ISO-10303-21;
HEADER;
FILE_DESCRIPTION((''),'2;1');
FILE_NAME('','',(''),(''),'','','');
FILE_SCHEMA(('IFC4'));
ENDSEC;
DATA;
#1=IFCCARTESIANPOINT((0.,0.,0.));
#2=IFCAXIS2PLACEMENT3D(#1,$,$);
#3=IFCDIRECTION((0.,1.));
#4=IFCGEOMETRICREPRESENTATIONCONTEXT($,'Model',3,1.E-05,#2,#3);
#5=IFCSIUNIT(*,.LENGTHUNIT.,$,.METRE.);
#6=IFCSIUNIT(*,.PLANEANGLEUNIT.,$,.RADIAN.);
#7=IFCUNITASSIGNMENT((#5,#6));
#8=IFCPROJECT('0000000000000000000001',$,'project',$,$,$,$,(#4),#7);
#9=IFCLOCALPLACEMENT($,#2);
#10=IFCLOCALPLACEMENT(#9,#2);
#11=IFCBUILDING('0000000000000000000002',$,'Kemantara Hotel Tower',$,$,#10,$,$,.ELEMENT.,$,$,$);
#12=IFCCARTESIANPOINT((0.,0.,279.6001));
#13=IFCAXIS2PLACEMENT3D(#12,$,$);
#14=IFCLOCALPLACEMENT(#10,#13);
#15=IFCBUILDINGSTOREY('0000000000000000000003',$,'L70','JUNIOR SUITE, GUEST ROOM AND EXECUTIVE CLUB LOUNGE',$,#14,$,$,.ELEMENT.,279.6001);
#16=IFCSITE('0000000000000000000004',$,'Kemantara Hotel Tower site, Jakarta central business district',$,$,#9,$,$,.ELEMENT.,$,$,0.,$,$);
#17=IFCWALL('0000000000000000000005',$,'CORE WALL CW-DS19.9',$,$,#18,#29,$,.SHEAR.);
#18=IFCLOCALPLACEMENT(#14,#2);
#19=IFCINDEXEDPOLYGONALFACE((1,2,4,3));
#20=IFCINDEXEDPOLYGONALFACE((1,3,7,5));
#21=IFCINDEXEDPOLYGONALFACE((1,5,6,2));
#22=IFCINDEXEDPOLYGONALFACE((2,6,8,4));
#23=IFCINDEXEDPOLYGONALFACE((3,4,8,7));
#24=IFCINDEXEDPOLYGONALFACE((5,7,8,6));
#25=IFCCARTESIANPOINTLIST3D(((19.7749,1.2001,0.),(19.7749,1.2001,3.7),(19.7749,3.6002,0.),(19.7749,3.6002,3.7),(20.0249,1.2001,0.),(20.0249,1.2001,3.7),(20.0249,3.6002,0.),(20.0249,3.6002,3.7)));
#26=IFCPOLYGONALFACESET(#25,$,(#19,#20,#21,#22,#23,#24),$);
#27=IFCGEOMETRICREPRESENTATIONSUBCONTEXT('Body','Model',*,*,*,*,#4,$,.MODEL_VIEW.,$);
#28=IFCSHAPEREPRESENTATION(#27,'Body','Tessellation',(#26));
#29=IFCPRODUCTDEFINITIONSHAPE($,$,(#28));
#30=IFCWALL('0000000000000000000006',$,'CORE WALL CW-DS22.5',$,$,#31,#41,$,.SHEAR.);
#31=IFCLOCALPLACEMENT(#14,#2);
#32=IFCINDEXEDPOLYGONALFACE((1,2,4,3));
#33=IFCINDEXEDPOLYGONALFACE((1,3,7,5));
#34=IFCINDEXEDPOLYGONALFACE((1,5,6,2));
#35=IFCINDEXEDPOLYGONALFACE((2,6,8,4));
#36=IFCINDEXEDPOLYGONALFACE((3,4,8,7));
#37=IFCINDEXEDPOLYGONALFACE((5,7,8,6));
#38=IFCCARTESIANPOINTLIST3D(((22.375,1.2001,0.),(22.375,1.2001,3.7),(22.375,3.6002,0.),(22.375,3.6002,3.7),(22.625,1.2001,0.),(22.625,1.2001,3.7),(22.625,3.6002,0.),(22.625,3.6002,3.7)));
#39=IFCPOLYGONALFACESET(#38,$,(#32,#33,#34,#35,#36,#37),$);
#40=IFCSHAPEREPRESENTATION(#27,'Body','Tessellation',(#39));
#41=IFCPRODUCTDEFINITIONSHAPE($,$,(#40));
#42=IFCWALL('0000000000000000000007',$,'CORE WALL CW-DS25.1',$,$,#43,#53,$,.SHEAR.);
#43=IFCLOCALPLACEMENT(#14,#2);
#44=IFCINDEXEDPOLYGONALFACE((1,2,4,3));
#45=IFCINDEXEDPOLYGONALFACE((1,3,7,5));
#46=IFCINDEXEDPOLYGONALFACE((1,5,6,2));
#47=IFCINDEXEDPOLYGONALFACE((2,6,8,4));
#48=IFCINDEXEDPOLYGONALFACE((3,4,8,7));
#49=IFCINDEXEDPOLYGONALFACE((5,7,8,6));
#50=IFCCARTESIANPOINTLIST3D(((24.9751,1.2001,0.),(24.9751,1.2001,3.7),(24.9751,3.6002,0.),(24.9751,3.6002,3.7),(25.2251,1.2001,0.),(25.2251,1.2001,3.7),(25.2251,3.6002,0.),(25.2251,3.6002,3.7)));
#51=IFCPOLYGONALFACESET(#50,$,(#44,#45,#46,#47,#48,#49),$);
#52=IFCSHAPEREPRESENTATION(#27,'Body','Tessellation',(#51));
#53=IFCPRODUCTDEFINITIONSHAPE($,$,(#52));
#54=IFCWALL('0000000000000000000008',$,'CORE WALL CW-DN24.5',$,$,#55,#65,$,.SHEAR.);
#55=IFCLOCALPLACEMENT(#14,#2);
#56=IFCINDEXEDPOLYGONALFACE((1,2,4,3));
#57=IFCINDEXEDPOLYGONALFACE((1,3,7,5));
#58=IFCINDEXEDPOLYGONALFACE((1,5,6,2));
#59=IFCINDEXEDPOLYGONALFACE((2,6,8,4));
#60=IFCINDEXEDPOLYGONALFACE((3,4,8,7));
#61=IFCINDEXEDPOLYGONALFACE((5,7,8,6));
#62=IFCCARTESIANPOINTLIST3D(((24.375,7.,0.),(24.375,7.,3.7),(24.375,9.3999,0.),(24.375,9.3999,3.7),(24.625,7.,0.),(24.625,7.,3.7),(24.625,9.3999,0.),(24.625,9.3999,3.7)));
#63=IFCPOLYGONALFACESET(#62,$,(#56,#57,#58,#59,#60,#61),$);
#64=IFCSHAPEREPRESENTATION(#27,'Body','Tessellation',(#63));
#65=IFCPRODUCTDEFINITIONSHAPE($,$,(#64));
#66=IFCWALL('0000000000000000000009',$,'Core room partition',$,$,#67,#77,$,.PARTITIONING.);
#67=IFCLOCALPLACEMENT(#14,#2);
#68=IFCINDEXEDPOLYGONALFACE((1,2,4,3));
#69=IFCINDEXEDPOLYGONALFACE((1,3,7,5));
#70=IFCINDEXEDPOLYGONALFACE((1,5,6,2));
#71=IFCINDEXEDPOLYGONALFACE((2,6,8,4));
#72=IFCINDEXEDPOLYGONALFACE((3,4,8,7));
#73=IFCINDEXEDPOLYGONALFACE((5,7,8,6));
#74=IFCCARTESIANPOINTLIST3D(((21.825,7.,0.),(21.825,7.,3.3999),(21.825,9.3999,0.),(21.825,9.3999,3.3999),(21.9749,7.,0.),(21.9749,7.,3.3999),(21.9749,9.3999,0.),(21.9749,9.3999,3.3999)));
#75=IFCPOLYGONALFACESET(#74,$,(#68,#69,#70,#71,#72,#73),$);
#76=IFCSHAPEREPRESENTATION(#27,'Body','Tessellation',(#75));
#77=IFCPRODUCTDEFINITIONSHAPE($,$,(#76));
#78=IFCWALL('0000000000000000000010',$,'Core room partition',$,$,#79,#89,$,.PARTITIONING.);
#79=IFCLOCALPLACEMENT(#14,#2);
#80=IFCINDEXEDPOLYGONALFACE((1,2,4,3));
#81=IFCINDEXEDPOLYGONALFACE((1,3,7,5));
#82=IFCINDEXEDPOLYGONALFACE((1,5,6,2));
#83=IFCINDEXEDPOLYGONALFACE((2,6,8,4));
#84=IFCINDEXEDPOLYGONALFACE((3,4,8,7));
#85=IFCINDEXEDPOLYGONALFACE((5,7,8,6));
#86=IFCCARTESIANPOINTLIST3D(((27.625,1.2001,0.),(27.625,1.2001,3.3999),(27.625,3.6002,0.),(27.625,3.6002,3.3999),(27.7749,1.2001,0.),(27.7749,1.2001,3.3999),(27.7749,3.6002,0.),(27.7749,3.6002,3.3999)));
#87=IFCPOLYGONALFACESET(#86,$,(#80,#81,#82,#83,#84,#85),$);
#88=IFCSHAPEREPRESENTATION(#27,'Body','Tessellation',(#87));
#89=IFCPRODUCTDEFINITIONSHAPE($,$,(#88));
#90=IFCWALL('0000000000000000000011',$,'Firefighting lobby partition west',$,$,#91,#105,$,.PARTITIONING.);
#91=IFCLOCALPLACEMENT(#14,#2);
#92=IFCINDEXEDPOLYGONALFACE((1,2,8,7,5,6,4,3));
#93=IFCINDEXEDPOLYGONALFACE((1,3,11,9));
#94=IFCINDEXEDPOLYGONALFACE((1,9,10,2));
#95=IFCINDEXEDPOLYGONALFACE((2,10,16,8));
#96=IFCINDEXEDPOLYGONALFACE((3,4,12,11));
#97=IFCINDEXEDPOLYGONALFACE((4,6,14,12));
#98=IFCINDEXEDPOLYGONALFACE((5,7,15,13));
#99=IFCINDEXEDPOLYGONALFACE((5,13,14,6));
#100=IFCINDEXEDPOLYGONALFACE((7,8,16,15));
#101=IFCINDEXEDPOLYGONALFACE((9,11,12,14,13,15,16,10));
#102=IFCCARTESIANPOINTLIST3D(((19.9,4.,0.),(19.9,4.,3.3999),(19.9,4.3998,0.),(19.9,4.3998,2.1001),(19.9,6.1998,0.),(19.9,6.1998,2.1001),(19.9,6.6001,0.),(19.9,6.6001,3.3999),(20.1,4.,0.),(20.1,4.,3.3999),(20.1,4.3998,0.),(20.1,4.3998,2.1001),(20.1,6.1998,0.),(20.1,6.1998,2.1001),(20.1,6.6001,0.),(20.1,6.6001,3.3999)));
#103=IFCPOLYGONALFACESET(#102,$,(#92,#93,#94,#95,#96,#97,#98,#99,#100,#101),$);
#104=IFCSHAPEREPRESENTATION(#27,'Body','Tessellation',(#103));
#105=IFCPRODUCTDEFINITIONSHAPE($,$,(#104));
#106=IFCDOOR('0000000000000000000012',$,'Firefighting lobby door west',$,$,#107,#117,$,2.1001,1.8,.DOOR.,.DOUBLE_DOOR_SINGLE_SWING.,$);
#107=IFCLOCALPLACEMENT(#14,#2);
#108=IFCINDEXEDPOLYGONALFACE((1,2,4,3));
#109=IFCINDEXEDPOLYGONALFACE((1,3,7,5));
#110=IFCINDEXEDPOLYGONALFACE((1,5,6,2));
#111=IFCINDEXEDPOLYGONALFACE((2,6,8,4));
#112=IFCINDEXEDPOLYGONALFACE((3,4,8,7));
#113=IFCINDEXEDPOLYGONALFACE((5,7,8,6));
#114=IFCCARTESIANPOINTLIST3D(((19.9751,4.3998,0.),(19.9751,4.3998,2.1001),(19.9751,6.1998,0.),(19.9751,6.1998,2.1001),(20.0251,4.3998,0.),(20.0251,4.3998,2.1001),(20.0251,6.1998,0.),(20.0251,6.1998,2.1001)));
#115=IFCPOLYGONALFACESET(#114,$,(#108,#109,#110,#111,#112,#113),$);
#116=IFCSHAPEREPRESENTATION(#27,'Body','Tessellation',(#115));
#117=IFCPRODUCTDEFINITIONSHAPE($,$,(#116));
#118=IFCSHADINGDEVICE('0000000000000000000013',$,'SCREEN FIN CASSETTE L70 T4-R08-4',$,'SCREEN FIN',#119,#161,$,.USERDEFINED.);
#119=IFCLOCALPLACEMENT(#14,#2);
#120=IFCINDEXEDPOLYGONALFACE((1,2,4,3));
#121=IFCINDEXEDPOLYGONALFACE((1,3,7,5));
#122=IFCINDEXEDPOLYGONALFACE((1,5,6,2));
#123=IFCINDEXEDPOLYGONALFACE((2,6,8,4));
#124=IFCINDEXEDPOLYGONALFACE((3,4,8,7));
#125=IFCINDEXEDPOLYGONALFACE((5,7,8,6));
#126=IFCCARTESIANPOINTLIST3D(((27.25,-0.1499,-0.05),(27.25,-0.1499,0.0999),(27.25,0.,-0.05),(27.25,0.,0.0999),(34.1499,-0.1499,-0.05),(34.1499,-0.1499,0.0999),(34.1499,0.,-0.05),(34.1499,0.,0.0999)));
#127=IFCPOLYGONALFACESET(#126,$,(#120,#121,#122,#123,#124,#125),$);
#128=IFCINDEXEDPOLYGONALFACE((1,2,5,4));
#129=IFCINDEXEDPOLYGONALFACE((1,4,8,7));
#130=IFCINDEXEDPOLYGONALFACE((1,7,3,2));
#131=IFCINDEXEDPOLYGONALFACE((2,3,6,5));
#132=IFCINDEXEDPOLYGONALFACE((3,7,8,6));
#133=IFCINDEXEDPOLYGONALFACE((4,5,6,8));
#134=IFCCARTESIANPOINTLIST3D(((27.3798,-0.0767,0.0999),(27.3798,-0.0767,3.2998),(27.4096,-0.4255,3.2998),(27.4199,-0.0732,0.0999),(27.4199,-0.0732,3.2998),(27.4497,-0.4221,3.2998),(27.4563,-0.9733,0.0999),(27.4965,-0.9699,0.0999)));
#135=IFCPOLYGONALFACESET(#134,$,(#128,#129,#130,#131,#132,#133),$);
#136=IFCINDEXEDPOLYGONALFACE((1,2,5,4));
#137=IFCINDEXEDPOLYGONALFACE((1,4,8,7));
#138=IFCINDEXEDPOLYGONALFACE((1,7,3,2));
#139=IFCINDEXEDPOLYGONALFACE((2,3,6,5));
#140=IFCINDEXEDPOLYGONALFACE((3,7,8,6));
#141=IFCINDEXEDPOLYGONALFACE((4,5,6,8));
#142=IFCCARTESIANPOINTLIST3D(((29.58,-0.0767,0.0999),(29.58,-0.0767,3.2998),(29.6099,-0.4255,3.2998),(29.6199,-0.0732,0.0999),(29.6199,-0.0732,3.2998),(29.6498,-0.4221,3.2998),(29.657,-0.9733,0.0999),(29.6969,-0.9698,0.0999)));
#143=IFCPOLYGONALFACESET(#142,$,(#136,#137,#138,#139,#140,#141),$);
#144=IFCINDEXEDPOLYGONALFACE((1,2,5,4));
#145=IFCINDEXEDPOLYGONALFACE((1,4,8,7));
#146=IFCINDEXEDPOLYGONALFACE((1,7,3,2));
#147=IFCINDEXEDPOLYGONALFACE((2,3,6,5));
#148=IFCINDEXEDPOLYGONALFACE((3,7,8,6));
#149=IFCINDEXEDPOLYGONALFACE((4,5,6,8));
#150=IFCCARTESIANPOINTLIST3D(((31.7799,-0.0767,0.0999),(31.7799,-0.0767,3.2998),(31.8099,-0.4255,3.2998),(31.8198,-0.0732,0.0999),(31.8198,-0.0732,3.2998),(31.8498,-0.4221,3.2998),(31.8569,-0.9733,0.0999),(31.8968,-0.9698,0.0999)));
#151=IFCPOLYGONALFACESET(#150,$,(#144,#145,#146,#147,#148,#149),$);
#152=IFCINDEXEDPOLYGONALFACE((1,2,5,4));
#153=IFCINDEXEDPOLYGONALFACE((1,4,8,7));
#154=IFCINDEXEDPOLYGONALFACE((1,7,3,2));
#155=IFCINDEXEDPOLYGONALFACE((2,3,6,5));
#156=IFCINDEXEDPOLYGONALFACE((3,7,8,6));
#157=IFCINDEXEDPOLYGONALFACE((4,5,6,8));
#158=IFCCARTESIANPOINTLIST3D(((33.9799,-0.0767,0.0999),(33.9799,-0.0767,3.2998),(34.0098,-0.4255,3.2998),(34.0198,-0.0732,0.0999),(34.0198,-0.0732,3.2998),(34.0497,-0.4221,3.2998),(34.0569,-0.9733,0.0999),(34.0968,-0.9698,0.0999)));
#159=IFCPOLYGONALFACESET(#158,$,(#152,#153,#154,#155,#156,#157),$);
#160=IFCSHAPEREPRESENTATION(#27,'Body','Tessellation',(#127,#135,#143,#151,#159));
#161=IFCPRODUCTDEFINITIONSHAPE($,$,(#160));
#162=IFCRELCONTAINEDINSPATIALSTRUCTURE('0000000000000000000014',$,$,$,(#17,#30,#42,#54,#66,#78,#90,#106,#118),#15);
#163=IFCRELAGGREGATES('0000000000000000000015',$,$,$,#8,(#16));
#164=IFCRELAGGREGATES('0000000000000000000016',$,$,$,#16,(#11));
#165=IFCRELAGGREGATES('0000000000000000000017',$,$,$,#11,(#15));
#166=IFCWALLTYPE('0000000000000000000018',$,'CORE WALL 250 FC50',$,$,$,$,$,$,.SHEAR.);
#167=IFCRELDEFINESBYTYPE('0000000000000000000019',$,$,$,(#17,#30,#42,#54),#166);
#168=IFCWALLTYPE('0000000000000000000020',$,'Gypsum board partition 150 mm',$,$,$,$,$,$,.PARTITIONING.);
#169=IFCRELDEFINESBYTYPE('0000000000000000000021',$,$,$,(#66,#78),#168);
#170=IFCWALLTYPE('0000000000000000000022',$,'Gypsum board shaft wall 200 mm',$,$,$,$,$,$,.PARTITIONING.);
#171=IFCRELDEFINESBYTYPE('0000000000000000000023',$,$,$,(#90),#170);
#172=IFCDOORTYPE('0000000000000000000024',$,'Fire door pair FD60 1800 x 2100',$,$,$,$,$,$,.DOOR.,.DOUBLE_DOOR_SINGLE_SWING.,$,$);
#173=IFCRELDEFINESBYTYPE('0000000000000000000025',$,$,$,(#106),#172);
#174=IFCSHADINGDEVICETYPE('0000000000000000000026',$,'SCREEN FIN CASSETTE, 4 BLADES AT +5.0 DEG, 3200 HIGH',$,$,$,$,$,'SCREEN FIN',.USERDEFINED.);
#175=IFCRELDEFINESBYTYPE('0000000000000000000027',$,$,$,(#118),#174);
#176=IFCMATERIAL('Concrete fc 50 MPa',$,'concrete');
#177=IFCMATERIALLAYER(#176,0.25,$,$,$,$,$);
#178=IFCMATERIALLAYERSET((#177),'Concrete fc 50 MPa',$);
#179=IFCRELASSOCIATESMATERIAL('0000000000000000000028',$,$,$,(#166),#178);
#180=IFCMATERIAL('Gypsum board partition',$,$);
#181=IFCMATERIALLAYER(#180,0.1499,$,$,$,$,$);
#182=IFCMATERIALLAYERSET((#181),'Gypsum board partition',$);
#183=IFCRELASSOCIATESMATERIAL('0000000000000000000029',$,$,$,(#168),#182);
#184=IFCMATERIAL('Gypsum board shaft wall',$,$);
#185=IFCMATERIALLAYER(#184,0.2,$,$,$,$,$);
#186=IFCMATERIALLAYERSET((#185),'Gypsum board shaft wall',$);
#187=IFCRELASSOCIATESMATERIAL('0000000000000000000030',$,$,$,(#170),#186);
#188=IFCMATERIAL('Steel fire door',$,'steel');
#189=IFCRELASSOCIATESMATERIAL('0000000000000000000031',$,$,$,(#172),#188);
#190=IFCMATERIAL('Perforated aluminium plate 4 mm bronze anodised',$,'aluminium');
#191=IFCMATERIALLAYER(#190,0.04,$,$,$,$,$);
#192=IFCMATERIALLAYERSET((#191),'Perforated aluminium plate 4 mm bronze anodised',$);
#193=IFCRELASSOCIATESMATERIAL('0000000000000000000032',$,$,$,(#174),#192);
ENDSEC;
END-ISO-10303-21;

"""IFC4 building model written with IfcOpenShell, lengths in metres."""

from ifc_helpers import new_model, si_unit, direction, frame, frame_2d, origin, origin_2d, place, context, subcontext, project, spatial, polyline, rectangle, outline, extrude, source, transform, mapped, material, layer, layer_set, type_object, element, fill, save


model = new_model("IFC4")

# Units and contexts
model_context = context("Model", 3, precision=1e-05, world=origin(), true_north=direction((0.0, 1.0)))
body_context = subcontext(model_context, "Body", "Model", "MODEL_VIEW")
ifc_project = project(units=[si_unit("LENGTHUNIT", "METRE"), si_unit("PLANEANGLEUNIT", "RADIAN")], contexts=[model_context])

# Site, building, storey
site_placement = place(None, origin())
site = spatial("IfcSite", under=ifc_project, at=site_placement, Name="Kemantara Hotel Tower site, Jakarta central business district", CompositionType="ELEMENT", RefElevation=0.0)
building_placement = place(site_placement, origin())
building = spatial("IfcBuilding", under=site, at=building_placement, Name="Kemantara Hotel Tower", CompositionType="ELEMENT")
storey_placement = place(building_placement, frame((0.0, 0.0, 279.6001)))
storey = spatial("IfcBuildingStorey", under=building, at=storey_placement, Name="L70", Description="JUNIOR SUITE, GUEST ROOM AND EXECUTIVE CLUB LOUNGE", CompositionType="ELEMENT", Elevation=279.6001)

# Walls
ifc_material_1 = material(Name="Concrete fc 50 MPa", Category="concrete")
ifc_layer_1 = layer(ifc_material_1, 0.25)
ifc_layer_set_1 = layer_set([ifc_layer_1], Name="Concrete fc 50 MPa")
wall_type_1 = type_object("IfcWallType", Name="CORE WALL 250 FC50", PredefinedType="SHEAR", material=ifc_layer_set_1)
for number, where, z_axis, x_axis, name in (
    (1, (19.8999, 1.2, 0.0), (0.0, 0.0, 1.0), (0.0, 1.0, 0.0), "CORE WALL CW-DS19.9"),
    (2, (22.5, 1.2, 0.0), (0.0, 0.0, 1.0), (0.0, 1.0, 0.0), "CORE WALL CW-DS22.5"),
    (3, (25.1001, 1.2, 0.0), (0.0, 0.0, 1.0), (0.0, 1.0, 0.0), "CORE WALL CW-DS25.1"),
):
    element("IfcWall", number, at=place(storey_placement, frame(where, z_axis=z_axis, x_axis=x_axis)), inside=storey, type_object=wall_type_1, Name=name, PredefinedType="SHEAR", context=body_context, shape_type="SweptSolid", body=[
        extrude(rectangle(XDim=2.4001, YDim=0.25, at=frame_2d((1.2002, 0.0))), origin(), (0.0, 0.0, 1.0), 3.7),
    ])
wall_1_placement = place(storey_placement, frame((24.5, 7.0, 0.0), z_axis=(0.0, 0.0, 1.0), x_axis=(0.0, 1.0, 0.0)))
element("IfcWall", 4, at=wall_1_placement, inside=storey, type_object=wall_type_1, Name="CORE WALL CW-DN24.5", PredefinedType="SHEAR", context=body_context, shape_type="SweptSolid", body=[
    extrude(rectangle(XDim=2.3999, YDim=0.25, at=frame_2d((1.2, 0.0))), origin(), (0.0, 0.0, 1.0), 3.7),
])
ifc_material_2 = material(Name="Gypsum board partition")
ifc_layer_2 = layer(ifc_material_2, 0.1499)
ifc_layer_set_2 = layer_set([ifc_layer_2], Name="Gypsum board partition")
wall_type_2 = type_object("IfcWallType", Name="Gypsum board partition 150 mm", PredefinedType="PARTITIONING", material=ifc_layer_set_2)
wall_2_placement = place(storey_placement, frame((21.8999, 7.0, 0.0), z_axis=(0.0, 0.0, 1.0), x_axis=(0.0, 1.0, 0.0)))
element("IfcWall", 5, at=wall_2_placement, inside=storey, type_object=wall_type_2, Name="Core room partition", PredefinedType="PARTITIONING", context=body_context, shape_type="SweptSolid", body=[
    extrude(rectangle(XDim=2.3999, YDim=0.1499, at=frame_2d((1.2, 0.0))), origin(), (0.0, 0.0, 1.0), 3.3999),
])
wall_3_placement = place(storey_placement, frame((27.7, 1.2, 0.0), z_axis=(0.0, 0.0, 1.0), x_axis=(0.0, 1.0, 0.0)))
element("IfcWall", 6, at=wall_3_placement, inside=storey, type_object=wall_type_2, Name="Core room partition", PredefinedType="PARTITIONING", context=body_context, shape_type="SweptSolid", body=[
    extrude(rectangle(XDim=2.4001, YDim=0.1499, at=frame_2d((1.2002, 0.0))), origin(), (0.0, 0.0, 1.0), 3.3999),
])

# Wall, opening, door
ifc_material_3 = material(Name="Gypsum board shaft wall")
ifc_layer_3 = layer(ifc_material_3, 0.2)
ifc_layer_set_3 = layer_set([ifc_layer_3], Name="Gypsum board shaft wall")
wall_type_3 = type_object("IfcWallType", Name="Gypsum board shaft wall 200 mm", PredefinedType="PARTITIONING", material=ifc_layer_set_3)
wall_4_placement = place(storey_placement, frame((20.0, 4.0, 0.0), z_axis=(0.0, 0.0, 1.0), x_axis=(0.0, 1.0, 0.0)))
wall_4 = element("IfcWall", 7, at=wall_4_placement, inside=storey, type_object=wall_type_3, Name="Firefighting lobby partition west", PredefinedType="PARTITIONING", context=body_context, shape_type="SweptSolid", body=[
    extrude(rectangle(XDim=2.6001, YDim=0.2, at=frame_2d((1.3, 0.0))), origin(), (0.0, 0.0, 1.0), 3.3999),
])
opening_placement = place(wall_4_placement, frame((0.3999, 0.0, 0.0)))
opening = element("IfcOpeningElement", 8, at=opening_placement, cuts=wall_4, PredefinedType="OPENING", context=body_context, shape_type="SweptSolid", body=[
    extrude(rectangle(XDim=1.8, YDim=2.1001, at=frame_2d((0.8999, 1.05))), frame((0.0, 0.1099, 0.0), z_axis=(0.0, -1.0, 0.0), x_axis=(1.0, 0.0, 0.0)), (0.0, 0.0, 1.0), 0.22),
])
ifc_material_4 = material(Name="Steel fire door", Category="steel")
door_type = type_object("IfcDoorType", Name="Fire door pair FD60 1800 x 2100", OperationType="DOUBLE_DOOR_SINGLE_SWING", PredefinedType="DOOR", material=ifc_material_4)
door_placement = place(opening_placement, origin())
door = element("IfcDoor", 9, at=door_placement, inside=storey, type_object=door_type, Name="Firefighting lobby door west", OperationType="DOUBLE_DOOR_SINGLE_SWING", OverallHeight=2.1001, OverallWidth=1.8, PredefinedType="DOOR", context=body_context, shape_type="SweptSolid", body=[
    extrude(rectangle(XDim=1.8, YDim=2.1001, at=frame_2d((0.8999, 1.05))), frame((0.0, 0.0249, 0.0), z_axis=(0.0, -1.0, 0.0), x_axis=(1.0, 0.0, 0.0)), (0.0, 0.0, 1.0), 0.05),
])
fill(opening, door)

# Shading device
ifc_material_5 = material(Name="Perforated aluminium plate 4 mm bronze anodised", Category="aluminium")
ifc_layer_4 = layer(ifc_material_5, 0.04)
ifc_layer_set_4 = layer_set([ifc_layer_4], Name="Perforated aluminium plate 4 mm bronze anodised")
shading_device_type = type_object("IfcShadingDeviceType", Name="SCREEN FIN CASSETTE, 4 BLADES AT +5.0 DEG, 3200 HIGH", ElementType="SCREEN FIN", PredefinedType="USERDEFINED", material=ifc_layer_set_4)
shared_shape = source(origin(), body_context, "Body", "SweptSolid", [
    extrude(rectangle(XDim=6.8999, YDim=0.1499, at=origin_2d()), frame((3.3, -0.075, -0.1499), z_axis=(0.0, 0.0, 1.0), x_axis=(1.0, 0.0, 0.0)), (0.0, 0.0, 1.0), 0.1499),
    extrude(outline(polyline([(0.0, 0.0), (0.8999, 0.0), (0.3501, 3.2), (0.0, 3.2), (0.0, 0.0)])), frame((0.02, -0.0732, 0.0), z_axis=(-0.996376, -0.085056, 0.0), x_axis=(0.085056, -0.996376, 0.0)), (0.0, 0.0, 1.0), 0.0403),
    extrude(outline(polyline([(0.0, 0.0), (0.8999, 0.0), (0.3501, 3.2), (0.0, 3.2), (0.0, 0.0)])), frame((2.22, -0.0732, 0.0), z_axis=(-0.996332, -0.085575, 0.0), x_axis=(0.085575, -0.996332, 0.0)), (0.0, 0.0, 1.0), 0.04),
    extrude(outline(polyline([(0.0, 0.0), (0.8999, 0.0), (0.3501, 3.2), (0.0, 3.2), (0.0, 0.0)])), frame((4.4199, -0.0732, 0.0), z_axis=(-0.996332, -0.085575, 0.0), x_axis=(0.085575, -0.996332, 0.0)), (0.0, 0.0, 1.0), 0.04),
    extrude(outline(polyline([(0.0, 0.0), (0.8999, 0.0), (0.3501, 3.2), (0.0, 3.2), (0.0, 0.0)])), frame((6.6199, -0.0732, 0.0), z_axis=(-0.996332, -0.085575, 0.0), x_axis=(0.085575, -0.996332, 0.0)), (0.0, 0.0, 1.0), 0.04),
])
shading_device_placement = place(storey_placement, frame((27.3999, 0.0, 0.0999), z_axis=(0.0, 0.0, 1.0), x_axis=(1.0, 0.0, 0.0)))
element("IfcShadingDevice", 10, at=shading_device_placement, inside=storey, type_object=shading_device_type, Name="SCREEN FIN CASSETTE L70 T4-R08-4", ObjectType="SCREEN FIN", PredefinedType="USERDEFINED", context=body_context, shape_type="MappedRepresentation", body=[
    mapped(shared_shape, transform((0.0, 0.0, 0.0))),
])

save(model, "model.ifc")
